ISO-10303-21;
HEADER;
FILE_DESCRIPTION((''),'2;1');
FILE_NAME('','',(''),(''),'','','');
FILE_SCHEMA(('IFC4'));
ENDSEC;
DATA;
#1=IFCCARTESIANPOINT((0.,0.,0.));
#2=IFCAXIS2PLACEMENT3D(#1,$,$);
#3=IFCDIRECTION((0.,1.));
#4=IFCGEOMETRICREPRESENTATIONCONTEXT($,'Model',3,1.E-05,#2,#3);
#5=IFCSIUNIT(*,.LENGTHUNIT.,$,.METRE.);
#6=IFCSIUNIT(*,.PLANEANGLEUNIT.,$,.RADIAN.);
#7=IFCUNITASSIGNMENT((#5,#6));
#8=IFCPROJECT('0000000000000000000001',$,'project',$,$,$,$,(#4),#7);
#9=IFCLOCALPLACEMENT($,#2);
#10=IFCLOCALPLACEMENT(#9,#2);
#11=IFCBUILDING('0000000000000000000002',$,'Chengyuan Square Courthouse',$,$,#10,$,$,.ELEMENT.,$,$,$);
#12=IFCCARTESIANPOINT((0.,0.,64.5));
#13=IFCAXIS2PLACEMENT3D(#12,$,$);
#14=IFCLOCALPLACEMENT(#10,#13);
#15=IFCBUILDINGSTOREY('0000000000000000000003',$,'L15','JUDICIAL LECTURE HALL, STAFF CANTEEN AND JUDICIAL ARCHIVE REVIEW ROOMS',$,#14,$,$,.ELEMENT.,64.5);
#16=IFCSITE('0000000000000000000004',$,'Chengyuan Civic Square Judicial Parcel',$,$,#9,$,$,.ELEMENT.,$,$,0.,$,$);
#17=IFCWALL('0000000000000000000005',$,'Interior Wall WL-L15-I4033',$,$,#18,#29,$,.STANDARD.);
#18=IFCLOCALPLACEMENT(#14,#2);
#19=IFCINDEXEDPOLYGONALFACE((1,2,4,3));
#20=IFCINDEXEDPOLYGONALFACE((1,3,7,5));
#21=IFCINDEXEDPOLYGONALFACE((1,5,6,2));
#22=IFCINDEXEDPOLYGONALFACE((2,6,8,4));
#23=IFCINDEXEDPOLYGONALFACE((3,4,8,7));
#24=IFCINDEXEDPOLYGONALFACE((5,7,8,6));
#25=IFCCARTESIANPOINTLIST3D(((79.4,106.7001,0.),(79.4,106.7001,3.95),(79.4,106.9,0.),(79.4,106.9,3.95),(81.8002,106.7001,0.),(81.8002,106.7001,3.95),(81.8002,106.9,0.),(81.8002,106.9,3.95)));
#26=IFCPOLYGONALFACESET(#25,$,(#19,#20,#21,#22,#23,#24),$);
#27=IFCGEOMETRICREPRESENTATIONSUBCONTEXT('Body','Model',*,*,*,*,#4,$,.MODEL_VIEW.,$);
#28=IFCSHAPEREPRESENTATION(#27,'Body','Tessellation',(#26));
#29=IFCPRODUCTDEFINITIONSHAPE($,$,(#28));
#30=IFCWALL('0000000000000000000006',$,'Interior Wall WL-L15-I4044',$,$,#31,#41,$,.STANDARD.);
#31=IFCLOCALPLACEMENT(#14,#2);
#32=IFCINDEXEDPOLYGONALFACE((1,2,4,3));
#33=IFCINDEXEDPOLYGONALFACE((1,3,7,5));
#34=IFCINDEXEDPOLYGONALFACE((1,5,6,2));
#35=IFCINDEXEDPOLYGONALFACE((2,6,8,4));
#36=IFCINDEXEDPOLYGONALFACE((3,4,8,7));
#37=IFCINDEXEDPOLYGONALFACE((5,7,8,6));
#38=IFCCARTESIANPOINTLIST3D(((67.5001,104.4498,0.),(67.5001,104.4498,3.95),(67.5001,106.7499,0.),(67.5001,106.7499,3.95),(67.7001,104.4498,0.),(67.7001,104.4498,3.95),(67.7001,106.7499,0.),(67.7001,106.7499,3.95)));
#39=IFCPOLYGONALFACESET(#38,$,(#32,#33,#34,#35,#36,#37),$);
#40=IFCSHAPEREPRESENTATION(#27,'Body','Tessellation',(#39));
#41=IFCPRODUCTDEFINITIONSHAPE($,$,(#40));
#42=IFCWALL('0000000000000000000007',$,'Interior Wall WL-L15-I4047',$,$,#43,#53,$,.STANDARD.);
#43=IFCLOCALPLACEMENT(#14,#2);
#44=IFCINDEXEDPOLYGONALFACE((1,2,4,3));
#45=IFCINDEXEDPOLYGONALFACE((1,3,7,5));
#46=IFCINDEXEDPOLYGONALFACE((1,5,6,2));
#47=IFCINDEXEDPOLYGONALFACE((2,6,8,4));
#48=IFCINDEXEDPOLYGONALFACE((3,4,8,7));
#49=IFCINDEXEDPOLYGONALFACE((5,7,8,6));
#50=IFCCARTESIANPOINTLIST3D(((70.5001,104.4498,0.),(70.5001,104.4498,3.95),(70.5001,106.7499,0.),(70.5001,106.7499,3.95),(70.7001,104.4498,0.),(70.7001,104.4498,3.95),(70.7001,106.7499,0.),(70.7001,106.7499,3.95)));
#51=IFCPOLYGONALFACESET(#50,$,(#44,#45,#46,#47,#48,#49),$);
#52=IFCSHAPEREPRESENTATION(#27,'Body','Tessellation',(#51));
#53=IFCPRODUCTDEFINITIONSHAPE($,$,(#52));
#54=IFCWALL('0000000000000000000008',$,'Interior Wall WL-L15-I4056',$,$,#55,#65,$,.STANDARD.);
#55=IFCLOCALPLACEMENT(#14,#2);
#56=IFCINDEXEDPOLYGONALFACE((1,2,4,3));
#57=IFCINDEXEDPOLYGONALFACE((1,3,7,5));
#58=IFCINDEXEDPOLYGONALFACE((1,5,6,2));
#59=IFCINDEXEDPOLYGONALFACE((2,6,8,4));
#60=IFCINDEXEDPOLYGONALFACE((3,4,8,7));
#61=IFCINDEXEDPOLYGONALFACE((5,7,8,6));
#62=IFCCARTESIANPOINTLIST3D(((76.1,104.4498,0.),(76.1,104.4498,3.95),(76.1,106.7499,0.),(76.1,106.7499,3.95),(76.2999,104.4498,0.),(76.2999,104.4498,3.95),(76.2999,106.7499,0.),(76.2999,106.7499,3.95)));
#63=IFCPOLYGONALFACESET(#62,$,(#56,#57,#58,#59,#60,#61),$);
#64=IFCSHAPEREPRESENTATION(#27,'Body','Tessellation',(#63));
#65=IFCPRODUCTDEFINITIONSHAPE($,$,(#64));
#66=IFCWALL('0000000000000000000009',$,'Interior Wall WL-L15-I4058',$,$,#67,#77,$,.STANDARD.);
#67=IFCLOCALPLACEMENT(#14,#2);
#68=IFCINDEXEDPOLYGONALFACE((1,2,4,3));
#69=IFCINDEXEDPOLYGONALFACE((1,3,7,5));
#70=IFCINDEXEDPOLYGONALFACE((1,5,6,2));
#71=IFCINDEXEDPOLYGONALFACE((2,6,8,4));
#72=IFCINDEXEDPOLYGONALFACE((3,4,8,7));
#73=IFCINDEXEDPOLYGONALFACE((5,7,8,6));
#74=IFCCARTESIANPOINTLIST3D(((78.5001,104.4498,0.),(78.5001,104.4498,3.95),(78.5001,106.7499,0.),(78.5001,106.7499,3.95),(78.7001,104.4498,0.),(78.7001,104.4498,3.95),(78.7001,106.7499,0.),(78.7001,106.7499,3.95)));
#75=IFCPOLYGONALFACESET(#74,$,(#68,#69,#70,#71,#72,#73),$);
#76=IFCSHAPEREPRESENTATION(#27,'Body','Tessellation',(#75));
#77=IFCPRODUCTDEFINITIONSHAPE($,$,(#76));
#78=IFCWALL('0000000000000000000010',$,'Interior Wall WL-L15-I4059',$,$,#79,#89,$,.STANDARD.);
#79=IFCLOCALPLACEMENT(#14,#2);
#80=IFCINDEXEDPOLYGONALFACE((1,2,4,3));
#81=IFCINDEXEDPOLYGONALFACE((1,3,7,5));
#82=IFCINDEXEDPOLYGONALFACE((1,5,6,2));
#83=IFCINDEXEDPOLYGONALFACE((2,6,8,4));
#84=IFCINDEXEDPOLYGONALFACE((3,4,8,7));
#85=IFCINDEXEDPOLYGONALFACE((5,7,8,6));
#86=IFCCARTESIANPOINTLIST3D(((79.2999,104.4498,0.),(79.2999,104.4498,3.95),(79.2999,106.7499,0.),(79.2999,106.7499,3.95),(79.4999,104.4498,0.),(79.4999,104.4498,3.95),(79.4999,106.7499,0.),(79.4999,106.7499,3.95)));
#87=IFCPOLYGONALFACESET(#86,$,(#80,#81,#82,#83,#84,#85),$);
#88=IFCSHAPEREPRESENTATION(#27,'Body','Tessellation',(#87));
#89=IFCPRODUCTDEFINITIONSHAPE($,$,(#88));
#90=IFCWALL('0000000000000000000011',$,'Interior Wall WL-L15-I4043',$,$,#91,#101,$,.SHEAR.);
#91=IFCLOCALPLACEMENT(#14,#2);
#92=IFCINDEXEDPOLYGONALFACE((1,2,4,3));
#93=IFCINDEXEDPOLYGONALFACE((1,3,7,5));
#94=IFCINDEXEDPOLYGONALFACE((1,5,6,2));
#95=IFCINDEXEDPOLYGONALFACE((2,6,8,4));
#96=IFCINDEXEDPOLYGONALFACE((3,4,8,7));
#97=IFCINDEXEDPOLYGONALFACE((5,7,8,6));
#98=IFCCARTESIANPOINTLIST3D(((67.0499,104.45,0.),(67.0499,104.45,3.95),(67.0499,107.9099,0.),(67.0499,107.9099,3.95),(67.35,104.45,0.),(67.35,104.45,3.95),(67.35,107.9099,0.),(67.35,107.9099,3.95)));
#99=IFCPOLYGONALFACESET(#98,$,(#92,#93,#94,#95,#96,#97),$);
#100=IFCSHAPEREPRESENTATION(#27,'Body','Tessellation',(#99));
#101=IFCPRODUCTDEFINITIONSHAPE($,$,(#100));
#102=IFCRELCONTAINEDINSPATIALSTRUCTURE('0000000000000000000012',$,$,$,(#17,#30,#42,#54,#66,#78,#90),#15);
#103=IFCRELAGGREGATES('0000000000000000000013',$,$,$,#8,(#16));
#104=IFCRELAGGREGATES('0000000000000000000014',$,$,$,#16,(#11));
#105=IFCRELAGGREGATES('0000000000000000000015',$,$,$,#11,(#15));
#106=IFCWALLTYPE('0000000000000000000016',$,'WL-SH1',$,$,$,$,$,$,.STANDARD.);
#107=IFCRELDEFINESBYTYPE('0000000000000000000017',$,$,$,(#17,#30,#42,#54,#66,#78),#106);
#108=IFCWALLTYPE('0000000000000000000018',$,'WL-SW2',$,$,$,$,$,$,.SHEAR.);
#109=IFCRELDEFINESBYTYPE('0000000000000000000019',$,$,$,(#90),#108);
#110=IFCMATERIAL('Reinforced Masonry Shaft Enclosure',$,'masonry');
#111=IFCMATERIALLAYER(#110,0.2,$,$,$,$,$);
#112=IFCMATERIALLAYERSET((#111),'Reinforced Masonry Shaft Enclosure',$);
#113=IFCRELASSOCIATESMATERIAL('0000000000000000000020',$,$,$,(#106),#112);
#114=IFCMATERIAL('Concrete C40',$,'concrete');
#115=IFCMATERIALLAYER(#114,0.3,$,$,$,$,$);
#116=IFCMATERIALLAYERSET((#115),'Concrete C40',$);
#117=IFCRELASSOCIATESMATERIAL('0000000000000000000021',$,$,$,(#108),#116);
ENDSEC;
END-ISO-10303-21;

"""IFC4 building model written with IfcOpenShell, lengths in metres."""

from ifc_helpers import new_model, si_unit, direction, frame, frame_2d, origin, place, context, subcontext, project, spatial, rectangle, extrude, material, layer, layer_set, type_object, element, save


model = new_model("IFC4")

# Units and contexts
model_context = context("Model", 3, precision=1e-05, world=origin(), true_north=direction((0.0, 1.0)))
body_context = subcontext(model_context, "Body", "Model", "MODEL_VIEW")
ifc_project = project(units=[si_unit("LENGTHUNIT", "METRE"), si_unit("PLANEANGLEUNIT", "RADIAN")], contexts=[model_context])

# Site, building, storey
site_placement = place(None, origin())
site = spatial("IfcSite", under=ifc_project, at=site_placement, Name="Chengyuan Civic Square Judicial Parcel", CompositionType="ELEMENT", RefElevation=0.0)
building_placement = place(site_placement, origin())
building = spatial("IfcBuilding", under=site, at=building_placement, Name="Chengyuan Square Courthouse", CompositionType="ELEMENT")
storey_placement = place(building_placement, frame((0.0, 0.0, 64.5)))
storey = spatial("IfcBuildingStorey", under=building, at=storey_placement, Name="L15", Description="JUDICIAL LECTURE HALL, STAFF CANTEEN AND JUDICIAL ARCHIVE REVIEW ROOMS", CompositionType="ELEMENT", Elevation=64.5)

# Shared definitions
ifc_material_1 = material(Name="Concrete C40", Category="concrete")

# Shared definitions
ifc_material_2 = material(Name="Reinforced Masonry Shaft Enclosure", Category="masonry")
ifc_layer_1 = layer(ifc_material_2, 0.2)
ifc_layer_set_1 = layer_set([ifc_layer_1], Name="Reinforced Masonry Shaft Enclosure")
wall_type_1 = type_object("IfcWallType", Name="WL-SH1", PredefinedType="STANDARD", material=ifc_layer_set_1)

# Walls
for number, where, z_axis, x_axis, name in (
    (1, (79.3999, 106.8, 0.0), (0.0, 0.0, 1.0), (1.0, 0.0, 0.0), "Interior Wall WL-L15-I4033"),
):
    element("IfcWall", number, at=place(storey_placement, frame(where, z_axis=z_axis, x_axis=x_axis)), inside=storey, type_object=wall_type_1, Name=name, PredefinedType="STANDARD", context=body_context, shape_type="SweptSolid", body=[
        extrude(rectangle(XDim=2.4001, YDim=0.2, at=frame_2d((1.2002, 0.0))), origin(), (0.0, 0.0, 1.0), 3.95),
    ])
for number, where, z_axis, x_axis, name in (
    (2, (67.6001, 104.45, 0.0), (0.0, 0.0, 1.0), (0.0, 1.0, 0.0), "Interior Wall WL-L15-I4044"),
    (3, (70.6001, 104.45, 0.0), (0.0, 0.0, 1.0), (0.0, 1.0, 0.0), "Interior Wall WL-L15-I4047"),
    (4, (76.2, 104.45, 0.0), (0.0, 0.0, 1.0), (0.0, 1.0, 0.0), "Interior Wall WL-L15-I4056"),
    (5, (78.6001, 104.45, 0.0), (0.0, 0.0, 1.0), (0.0, 1.0, 0.0), "Interior Wall WL-L15-I4058"),
    (6, (79.3999, 104.45, 0.0), (0.0, 0.0, 1.0), (0.0, 1.0, 0.0), "Interior Wall WL-L15-I4059"),
):
    element("IfcWall", number, at=place(storey_placement, frame(where, z_axis=z_axis, x_axis=x_axis)), inside=storey, type_object=wall_type_1, Name=name, PredefinedType="STANDARD", context=body_context, shape_type="SweptSolid", body=[
        extrude(rectangle(XDim=2.3, YDim=0.2, at=frame_2d((1.1499, 0.0))), origin(), (0.0, 0.0, 1.0), 3.95),
    ])
ifc_layer_2 = layer(ifc_material_1, 0.3)
ifc_layer_set_2 = layer_set([ifc_layer_2], Name="Concrete C40")
wall_type_2 = type_object("IfcWallType", Name="WL-SW2", PredefinedType="SHEAR", material=ifc_layer_set_2)
wall_1_placement = place(storey_placement, frame((67.2, 104.45, 0.0), z_axis=(0.0, 0.0, 1.0), x_axis=(0.0, 1.0, 0.0)))
element("IfcWall", 7, at=wall_1_placement, inside=storey, type_object=wall_type_2, Name="Interior Wall WL-L15-I4043", PredefinedType="SHEAR", context=body_context, shape_type="SweptSolid", body=[
    extrude(rectangle(XDim=3.46, YDim=0.3, at=frame_2d((1.73, 0.0))), origin(), (0.0, 0.0, 1.0), 3.95),
])

save(model, "model.ifc")
